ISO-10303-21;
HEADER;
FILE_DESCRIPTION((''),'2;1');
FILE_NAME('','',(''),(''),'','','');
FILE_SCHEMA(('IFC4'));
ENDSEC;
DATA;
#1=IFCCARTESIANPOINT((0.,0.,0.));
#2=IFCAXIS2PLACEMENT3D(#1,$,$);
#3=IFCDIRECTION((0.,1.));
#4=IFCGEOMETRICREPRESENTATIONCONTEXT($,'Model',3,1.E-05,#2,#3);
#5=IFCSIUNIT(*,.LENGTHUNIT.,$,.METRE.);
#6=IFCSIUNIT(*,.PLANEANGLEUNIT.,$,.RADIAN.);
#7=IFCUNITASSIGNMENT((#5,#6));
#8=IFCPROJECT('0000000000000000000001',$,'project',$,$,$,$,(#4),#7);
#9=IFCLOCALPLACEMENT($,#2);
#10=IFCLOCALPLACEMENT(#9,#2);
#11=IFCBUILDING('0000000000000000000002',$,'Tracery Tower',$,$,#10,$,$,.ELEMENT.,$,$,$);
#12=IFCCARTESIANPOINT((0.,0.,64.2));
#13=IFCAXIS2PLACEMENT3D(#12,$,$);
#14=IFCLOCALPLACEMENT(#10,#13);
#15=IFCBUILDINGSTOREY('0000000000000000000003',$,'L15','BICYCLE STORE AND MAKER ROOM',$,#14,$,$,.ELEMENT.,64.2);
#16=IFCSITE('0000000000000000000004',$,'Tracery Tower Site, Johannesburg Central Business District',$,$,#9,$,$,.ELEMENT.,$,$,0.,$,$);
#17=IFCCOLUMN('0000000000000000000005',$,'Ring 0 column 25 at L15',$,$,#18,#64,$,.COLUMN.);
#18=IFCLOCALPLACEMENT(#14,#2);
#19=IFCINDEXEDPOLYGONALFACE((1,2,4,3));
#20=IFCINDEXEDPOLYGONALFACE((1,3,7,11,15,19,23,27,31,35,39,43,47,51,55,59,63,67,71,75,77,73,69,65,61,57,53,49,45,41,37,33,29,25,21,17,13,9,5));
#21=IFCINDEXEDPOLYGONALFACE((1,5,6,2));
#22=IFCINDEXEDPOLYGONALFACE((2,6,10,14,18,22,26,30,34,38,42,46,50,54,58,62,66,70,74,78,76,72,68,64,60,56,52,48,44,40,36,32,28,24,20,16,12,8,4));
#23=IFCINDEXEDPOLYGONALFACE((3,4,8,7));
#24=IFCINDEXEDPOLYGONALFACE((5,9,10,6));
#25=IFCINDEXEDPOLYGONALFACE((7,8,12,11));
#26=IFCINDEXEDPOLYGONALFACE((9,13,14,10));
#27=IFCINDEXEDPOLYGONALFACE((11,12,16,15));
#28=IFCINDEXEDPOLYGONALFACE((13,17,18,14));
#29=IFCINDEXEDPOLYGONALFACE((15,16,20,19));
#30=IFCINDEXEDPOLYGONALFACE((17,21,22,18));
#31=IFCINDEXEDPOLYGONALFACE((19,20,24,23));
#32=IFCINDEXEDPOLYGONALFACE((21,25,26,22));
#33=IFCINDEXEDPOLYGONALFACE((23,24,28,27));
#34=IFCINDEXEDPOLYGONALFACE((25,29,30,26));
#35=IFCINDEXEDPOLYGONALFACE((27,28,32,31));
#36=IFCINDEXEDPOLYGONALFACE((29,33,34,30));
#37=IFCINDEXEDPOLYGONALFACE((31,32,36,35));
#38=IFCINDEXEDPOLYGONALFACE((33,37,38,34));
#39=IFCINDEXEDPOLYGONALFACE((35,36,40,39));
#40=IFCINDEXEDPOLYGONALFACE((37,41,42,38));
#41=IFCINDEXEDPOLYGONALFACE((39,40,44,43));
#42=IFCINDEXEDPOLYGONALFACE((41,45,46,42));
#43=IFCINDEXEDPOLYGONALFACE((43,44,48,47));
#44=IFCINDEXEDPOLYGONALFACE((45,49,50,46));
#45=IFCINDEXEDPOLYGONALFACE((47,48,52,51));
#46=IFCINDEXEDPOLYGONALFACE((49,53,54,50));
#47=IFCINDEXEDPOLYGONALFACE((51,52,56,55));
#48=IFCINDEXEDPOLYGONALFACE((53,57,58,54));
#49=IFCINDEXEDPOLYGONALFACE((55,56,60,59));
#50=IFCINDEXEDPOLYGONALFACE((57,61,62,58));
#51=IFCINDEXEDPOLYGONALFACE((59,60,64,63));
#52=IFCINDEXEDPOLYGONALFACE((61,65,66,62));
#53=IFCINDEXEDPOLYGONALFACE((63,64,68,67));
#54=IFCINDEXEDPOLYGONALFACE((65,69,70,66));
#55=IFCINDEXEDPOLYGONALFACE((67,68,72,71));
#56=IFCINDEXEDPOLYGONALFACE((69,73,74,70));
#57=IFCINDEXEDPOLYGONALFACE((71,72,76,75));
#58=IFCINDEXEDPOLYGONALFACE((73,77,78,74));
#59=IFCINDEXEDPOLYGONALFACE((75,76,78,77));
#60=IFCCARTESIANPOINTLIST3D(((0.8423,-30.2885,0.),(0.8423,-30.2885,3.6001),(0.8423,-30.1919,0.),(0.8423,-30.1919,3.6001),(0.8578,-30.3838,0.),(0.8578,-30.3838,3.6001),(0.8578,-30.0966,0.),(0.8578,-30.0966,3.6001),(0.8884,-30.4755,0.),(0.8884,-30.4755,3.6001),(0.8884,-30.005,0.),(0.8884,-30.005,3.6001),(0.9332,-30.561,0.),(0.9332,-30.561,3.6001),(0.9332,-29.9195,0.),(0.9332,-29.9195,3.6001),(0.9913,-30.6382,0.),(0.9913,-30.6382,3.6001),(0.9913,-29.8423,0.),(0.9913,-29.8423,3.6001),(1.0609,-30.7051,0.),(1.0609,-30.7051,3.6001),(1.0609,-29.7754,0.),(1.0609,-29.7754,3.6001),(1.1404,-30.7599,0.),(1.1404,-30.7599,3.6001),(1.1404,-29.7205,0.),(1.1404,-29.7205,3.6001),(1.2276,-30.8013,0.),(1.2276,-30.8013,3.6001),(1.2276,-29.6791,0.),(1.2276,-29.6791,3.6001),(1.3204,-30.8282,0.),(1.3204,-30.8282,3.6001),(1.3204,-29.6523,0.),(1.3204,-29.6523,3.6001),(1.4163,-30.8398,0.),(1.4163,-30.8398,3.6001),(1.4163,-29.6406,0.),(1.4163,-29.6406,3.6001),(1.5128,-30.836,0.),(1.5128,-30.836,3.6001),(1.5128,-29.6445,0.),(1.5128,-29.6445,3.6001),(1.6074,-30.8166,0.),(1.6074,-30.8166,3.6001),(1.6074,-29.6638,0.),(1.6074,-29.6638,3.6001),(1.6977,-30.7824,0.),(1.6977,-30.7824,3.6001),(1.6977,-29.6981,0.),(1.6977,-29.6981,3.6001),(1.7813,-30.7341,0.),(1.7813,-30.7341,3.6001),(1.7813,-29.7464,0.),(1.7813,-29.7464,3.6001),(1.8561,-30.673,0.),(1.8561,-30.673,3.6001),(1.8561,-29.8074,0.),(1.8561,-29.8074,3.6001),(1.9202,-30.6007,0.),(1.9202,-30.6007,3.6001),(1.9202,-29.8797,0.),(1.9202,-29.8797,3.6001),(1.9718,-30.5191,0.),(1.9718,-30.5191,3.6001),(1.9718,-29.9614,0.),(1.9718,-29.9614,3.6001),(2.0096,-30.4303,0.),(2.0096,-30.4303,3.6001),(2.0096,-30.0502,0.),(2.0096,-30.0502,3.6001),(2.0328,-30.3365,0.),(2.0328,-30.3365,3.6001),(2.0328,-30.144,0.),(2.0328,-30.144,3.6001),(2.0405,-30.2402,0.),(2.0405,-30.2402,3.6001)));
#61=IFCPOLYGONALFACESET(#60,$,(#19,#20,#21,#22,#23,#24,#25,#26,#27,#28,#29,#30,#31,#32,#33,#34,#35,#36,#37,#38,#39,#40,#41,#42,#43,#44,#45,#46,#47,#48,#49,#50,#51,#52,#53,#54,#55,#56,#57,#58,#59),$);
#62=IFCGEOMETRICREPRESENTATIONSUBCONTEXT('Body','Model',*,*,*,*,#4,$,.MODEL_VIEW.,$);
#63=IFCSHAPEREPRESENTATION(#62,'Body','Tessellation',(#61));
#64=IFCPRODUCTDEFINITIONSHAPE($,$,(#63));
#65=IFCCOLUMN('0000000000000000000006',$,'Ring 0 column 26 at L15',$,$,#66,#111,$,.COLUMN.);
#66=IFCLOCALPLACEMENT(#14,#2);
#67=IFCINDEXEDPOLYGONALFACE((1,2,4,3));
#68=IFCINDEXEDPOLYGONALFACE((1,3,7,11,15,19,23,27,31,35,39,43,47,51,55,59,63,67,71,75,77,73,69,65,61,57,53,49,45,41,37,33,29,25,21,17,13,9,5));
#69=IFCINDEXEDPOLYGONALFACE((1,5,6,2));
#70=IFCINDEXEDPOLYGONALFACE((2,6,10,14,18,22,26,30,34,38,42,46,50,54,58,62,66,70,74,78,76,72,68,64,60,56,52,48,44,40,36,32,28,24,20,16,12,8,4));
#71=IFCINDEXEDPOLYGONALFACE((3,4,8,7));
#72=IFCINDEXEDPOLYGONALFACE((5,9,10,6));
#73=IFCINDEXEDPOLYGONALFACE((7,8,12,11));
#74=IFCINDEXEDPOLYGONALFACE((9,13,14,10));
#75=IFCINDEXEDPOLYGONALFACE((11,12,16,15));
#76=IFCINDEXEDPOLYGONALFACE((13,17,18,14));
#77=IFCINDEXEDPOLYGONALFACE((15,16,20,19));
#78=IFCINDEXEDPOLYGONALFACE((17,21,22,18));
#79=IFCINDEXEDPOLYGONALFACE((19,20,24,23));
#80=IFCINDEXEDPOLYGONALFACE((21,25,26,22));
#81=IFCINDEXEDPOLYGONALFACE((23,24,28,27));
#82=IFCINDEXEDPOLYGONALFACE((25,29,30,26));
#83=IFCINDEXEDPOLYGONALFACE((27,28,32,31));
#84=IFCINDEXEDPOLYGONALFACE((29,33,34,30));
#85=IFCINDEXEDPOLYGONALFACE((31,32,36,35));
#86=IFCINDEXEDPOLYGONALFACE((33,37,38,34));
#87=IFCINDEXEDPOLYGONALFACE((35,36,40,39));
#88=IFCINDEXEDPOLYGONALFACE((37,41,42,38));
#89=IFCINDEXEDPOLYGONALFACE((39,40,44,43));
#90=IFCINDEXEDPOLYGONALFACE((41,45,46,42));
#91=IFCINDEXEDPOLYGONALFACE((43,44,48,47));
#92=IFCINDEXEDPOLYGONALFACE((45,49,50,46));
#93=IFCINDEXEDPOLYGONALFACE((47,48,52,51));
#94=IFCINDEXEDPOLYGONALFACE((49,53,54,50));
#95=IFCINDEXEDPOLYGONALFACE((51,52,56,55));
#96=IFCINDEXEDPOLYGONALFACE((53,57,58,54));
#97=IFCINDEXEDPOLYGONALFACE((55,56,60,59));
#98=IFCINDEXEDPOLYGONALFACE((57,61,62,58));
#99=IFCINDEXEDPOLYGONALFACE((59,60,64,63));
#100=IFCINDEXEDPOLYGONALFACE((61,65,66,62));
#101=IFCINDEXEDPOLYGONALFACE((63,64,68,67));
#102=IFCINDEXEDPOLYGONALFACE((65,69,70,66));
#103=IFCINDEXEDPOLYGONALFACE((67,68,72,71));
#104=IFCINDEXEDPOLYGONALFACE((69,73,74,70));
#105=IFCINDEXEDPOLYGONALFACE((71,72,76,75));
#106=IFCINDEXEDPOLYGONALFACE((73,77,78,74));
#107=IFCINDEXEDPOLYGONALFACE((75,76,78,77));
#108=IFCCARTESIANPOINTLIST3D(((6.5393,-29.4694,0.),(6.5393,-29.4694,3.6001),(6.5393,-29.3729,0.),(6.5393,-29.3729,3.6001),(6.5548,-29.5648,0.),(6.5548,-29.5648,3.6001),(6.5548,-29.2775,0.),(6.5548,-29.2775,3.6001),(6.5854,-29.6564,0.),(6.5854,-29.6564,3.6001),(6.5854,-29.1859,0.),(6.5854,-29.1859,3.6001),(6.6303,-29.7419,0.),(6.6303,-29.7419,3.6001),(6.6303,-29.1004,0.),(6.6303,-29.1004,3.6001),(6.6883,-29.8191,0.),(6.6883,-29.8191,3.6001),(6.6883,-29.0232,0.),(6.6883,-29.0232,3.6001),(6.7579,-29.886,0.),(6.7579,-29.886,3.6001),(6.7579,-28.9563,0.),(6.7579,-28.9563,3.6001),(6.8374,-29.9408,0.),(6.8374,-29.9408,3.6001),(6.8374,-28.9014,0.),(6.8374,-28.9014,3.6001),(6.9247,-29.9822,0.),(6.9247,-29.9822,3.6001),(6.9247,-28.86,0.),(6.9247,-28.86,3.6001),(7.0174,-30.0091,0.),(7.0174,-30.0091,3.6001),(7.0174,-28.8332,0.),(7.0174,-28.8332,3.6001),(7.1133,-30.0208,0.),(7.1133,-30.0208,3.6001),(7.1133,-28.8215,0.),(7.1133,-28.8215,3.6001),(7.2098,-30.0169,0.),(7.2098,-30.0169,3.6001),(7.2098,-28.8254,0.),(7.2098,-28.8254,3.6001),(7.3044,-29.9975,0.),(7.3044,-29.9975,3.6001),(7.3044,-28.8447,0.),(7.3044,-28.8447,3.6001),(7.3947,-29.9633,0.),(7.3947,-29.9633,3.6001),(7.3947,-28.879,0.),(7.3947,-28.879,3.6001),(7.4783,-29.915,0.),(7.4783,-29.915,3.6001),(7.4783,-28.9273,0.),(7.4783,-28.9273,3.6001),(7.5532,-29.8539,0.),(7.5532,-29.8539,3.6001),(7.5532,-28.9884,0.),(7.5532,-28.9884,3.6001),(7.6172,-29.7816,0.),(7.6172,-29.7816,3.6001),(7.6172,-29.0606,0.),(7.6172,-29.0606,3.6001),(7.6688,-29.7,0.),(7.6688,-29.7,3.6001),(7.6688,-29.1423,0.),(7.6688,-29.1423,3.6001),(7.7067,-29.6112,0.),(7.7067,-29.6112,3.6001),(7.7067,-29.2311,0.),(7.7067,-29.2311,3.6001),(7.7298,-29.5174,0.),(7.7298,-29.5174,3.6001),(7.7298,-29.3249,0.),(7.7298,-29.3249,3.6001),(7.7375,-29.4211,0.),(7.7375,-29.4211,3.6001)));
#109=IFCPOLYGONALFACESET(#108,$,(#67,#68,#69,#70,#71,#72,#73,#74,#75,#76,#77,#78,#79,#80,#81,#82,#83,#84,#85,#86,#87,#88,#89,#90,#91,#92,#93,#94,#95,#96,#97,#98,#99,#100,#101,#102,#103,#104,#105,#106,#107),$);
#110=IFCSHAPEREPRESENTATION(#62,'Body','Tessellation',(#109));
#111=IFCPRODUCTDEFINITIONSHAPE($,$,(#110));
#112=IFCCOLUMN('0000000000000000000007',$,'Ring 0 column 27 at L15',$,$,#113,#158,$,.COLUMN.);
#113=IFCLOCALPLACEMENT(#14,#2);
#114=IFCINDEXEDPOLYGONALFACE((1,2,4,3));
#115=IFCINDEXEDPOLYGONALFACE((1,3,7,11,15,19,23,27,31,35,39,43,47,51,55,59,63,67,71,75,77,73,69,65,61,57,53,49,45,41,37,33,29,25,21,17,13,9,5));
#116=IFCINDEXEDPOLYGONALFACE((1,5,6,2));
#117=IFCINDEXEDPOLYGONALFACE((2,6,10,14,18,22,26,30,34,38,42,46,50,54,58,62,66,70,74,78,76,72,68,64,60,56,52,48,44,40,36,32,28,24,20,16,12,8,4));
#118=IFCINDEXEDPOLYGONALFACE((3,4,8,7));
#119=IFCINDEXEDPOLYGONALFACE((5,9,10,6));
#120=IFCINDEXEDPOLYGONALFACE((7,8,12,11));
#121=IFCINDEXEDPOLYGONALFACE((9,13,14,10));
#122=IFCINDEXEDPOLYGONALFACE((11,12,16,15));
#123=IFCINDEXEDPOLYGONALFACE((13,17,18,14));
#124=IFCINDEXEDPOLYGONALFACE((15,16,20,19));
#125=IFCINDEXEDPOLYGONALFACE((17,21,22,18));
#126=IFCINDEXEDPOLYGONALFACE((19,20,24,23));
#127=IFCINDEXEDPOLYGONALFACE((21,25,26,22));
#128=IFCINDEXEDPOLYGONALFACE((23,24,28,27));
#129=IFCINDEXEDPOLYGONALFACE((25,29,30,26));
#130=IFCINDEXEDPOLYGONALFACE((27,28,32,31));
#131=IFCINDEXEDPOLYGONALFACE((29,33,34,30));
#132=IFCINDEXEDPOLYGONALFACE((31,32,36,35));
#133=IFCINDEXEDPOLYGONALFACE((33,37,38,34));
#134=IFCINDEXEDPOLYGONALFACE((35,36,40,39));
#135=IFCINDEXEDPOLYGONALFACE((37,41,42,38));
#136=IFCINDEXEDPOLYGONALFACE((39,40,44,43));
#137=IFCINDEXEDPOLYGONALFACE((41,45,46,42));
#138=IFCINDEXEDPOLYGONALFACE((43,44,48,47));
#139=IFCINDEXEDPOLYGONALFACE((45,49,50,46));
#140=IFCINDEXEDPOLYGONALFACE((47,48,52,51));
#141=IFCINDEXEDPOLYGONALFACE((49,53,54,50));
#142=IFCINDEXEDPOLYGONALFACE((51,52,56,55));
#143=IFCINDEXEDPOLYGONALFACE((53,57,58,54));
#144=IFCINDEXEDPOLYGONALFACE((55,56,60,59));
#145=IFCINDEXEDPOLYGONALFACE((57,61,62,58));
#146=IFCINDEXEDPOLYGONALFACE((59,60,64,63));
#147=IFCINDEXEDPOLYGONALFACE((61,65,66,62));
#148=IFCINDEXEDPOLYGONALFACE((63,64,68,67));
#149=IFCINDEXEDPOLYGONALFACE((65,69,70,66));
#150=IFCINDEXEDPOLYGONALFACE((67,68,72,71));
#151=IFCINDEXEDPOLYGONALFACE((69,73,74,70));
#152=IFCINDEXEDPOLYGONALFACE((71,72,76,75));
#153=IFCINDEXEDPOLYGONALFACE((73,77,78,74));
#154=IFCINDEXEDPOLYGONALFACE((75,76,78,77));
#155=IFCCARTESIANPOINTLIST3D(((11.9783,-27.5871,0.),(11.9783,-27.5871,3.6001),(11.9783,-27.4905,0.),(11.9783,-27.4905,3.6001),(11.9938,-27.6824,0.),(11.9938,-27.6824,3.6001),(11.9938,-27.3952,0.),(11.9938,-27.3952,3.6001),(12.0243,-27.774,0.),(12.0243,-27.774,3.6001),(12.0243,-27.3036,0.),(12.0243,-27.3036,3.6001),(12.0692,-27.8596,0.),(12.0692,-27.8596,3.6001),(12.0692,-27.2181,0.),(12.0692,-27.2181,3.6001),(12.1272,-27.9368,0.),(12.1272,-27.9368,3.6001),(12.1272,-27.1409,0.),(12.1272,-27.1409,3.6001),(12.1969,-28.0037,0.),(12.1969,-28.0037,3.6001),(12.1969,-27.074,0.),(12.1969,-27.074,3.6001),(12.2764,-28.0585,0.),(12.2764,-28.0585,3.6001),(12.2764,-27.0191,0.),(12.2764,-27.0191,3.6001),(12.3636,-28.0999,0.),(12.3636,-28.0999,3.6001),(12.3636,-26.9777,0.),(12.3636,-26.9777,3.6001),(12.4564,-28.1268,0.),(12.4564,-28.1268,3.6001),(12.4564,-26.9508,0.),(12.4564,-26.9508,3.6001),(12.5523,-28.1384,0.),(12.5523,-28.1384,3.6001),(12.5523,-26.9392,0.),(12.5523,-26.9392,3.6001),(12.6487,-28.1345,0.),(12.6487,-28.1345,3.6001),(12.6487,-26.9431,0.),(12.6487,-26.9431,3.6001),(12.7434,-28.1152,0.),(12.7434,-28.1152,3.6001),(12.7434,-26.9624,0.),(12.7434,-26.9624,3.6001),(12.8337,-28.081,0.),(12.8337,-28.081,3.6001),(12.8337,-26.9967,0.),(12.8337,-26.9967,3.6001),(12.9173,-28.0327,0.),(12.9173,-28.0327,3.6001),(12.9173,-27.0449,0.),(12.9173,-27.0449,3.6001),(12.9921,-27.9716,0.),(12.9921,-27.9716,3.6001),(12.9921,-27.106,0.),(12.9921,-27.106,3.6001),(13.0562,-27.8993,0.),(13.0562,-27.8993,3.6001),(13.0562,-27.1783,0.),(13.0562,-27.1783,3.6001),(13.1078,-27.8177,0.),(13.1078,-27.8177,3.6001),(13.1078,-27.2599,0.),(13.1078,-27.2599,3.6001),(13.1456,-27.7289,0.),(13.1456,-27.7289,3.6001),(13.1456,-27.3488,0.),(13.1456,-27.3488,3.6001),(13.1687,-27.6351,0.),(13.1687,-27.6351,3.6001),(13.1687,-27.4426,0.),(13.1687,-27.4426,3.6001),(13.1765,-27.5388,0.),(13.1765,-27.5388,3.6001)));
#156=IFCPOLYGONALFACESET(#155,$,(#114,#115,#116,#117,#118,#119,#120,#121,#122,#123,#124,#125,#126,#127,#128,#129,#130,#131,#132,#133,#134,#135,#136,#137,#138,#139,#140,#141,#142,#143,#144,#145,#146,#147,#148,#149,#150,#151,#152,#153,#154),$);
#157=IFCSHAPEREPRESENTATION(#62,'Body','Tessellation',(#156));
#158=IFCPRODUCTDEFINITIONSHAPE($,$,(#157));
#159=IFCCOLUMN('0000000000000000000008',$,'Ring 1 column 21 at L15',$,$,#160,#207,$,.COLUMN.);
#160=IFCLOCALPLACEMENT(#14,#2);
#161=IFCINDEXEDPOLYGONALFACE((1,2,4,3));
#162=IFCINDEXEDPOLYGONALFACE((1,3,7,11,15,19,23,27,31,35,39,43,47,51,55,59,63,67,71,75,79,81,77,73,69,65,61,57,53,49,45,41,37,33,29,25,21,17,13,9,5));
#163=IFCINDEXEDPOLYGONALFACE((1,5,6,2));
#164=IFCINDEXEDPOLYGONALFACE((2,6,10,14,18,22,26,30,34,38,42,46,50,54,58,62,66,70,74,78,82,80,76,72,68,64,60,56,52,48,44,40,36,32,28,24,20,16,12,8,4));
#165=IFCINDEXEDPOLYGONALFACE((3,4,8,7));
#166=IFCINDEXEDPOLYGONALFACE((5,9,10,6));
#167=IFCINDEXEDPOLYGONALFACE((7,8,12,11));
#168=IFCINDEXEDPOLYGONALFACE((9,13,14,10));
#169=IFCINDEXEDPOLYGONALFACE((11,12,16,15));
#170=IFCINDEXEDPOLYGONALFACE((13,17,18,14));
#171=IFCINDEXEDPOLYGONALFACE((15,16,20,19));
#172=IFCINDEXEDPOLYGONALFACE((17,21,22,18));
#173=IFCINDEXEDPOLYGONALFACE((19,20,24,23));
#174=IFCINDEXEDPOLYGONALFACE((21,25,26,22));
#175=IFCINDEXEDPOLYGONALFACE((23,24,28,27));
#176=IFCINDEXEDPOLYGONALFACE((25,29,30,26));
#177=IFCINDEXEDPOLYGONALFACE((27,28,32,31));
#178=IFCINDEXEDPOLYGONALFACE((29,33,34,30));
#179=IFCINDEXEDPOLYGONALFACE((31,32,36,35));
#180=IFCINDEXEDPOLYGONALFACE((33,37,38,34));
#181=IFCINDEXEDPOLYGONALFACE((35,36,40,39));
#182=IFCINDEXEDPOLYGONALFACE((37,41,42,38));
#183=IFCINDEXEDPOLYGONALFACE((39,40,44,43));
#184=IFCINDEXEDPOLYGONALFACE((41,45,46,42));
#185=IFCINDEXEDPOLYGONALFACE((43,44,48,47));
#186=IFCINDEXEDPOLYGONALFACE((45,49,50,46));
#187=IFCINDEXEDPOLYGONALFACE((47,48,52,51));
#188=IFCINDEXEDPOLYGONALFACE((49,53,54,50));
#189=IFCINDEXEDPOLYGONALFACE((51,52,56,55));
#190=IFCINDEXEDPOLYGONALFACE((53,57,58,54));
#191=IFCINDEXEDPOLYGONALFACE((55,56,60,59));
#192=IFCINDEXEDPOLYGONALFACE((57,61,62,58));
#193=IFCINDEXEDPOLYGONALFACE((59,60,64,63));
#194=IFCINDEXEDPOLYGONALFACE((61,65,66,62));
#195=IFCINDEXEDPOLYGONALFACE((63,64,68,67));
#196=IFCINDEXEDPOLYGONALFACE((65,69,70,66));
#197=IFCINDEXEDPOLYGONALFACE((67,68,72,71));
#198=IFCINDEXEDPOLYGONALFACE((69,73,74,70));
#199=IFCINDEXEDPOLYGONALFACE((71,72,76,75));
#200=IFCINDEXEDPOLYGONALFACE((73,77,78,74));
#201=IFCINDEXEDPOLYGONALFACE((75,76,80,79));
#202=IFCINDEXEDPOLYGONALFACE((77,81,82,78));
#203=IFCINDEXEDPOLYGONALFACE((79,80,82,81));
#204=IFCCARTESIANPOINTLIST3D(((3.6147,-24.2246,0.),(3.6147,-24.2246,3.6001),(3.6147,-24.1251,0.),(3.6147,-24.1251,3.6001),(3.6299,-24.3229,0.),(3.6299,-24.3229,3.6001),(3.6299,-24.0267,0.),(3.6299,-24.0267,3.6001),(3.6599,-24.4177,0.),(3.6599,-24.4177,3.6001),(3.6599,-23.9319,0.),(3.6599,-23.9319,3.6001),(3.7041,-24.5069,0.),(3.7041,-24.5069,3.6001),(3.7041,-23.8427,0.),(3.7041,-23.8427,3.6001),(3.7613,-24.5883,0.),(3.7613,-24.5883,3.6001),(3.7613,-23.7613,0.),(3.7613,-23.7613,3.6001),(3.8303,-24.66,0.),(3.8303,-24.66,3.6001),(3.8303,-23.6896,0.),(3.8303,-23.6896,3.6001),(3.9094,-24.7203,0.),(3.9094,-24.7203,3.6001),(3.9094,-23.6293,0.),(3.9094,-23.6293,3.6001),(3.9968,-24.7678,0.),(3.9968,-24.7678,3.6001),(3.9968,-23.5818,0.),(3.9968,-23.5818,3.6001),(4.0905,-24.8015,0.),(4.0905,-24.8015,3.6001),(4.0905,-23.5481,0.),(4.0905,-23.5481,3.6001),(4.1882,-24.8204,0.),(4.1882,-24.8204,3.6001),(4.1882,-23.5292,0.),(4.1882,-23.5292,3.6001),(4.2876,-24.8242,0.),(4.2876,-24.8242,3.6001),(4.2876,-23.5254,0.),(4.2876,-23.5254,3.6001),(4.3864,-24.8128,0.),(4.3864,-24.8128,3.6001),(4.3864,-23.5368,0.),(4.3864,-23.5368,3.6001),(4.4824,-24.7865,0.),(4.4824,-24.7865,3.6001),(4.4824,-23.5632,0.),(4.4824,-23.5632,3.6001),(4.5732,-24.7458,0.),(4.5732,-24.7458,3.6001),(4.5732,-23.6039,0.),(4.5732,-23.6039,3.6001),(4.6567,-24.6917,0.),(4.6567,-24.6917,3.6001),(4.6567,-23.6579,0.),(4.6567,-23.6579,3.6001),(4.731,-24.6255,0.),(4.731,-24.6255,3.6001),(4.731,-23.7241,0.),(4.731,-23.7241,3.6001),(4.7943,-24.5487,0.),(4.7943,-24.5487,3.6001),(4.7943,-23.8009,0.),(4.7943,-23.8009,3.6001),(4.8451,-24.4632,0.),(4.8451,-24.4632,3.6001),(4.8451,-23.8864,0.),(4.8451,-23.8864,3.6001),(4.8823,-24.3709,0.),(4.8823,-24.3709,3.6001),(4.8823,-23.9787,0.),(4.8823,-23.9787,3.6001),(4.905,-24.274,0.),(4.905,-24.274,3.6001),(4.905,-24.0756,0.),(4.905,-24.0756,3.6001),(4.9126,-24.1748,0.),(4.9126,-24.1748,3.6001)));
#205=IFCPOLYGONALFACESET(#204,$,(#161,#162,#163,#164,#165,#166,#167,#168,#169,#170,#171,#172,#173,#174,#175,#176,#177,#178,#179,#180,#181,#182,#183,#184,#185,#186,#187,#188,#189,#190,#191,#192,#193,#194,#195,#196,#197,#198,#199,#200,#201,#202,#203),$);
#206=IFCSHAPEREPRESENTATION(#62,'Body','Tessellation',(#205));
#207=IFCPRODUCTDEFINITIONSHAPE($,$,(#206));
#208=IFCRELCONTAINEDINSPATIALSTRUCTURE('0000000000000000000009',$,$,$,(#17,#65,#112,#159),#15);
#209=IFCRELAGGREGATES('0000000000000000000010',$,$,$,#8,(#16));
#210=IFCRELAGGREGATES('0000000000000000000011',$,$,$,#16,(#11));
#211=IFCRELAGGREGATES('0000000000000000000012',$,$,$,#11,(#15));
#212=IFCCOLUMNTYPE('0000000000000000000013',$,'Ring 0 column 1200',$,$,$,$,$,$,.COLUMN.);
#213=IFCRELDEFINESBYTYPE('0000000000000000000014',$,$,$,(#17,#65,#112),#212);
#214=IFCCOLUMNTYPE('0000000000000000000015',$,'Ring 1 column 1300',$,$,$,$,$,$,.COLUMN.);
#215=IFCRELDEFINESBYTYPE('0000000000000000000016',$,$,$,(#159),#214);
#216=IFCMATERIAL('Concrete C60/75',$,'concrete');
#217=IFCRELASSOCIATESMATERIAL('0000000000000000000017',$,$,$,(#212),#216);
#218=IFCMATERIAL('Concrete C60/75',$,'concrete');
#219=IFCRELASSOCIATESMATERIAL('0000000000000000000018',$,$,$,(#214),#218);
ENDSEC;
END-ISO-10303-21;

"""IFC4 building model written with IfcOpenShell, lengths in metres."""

from ifc_helpers import new_model, si_unit, direction, frame, origin, origin_2d, place, context, subcontext, project, spatial, circle, extrude, material, material_profile, profile_set, type_object, element, save


model = new_model("IFC4")

# Units and contexts
model_context = context("Model", 3, precision=1e-05, world=origin(), true_north=direction((0.0, 1.0)))
body_context = subcontext(model_context, "Body", "Model", "MODEL_VIEW")
ifc_project = project(units=[si_unit("LENGTHUNIT", "METRE"), si_unit("PLANEANGLEUNIT", "RADIAN")], contexts=[model_context])

# Site, building, storey
site_placement = place(None, origin())
site = spatial("IfcSite", under=ifc_project, at=site_placement, Name="Tracery Tower Site, Johannesburg Central Business District", CompositionType="ELEMENT", RefElevation=0.0)
building_placement = place(site_placement, origin())
building = spatial("IfcBuilding", under=site, at=building_placement, Name="Tracery Tower", CompositionType="ELEMENT")
storey_placement = place(building_placement, frame((0.0, 0.0, 64.2)))
storey = spatial("IfcBuildingStorey", under=building, at=storey_placement, Name="L15", Description="BICYCLE STORE AND MAKER ROOM", CompositionType="ELEMENT", Elevation=64.2)

# Columns
ifc_material_1 = material(Name="Concrete C60/75", Category="concrete")
ifc_material_profile_1 = material_profile(ifc_material_1, circle(Radius=0.6001, at=origin_2d()), Name="RC D1200")
ifc_profile_set_1 = profile_set([ifc_material_profile_1], Name="Concrete C60/75")
column_type_1 = type_object("IfcColumnType", Name="Ring 0 column 1200", PredefinedType="COLUMN", material=ifc_profile_set_1)
for number, where, z_axis, x_axis, name in (
    (1, (1.4404, -30.2402, 0.0), (0.0, 0.0, 1.0), (1.0, 0.0, 0.0), "Ring 0 column 25 at L15"),
    (2, (7.1375, -29.4211, 0.0), (0.0, 0.0, 1.0), (1.0, 0.0, 0.0), "Ring 0 column 26 at L15"),
    (3, (12.5764, -27.5388, 0.0), (0.0, 0.0, 1.0), (1.0, 0.0, 0.0), "Ring 0 column 27 at L15"),
):
    element("IfcColumn", number, at=place(storey_placement, frame(where, z_axis=z_axis, x_axis=x_axis)), inside=storey, type_object=column_type_1, Name=name, PredefinedType="COLUMN", context=body_context, shape_type="SweptSolid", body=[
        extrude(circle(Radius=0.6001, at=origin_2d()), origin(), (0.0, 0.0, 1.0), 3.6001),
    ])
ifc_material_2 = material(Name="Concrete C60/75", Category="concrete")
ifc_material_profile_2 = material_profile(ifc_material_2, circle(Radius=0.6499, at=origin_2d()), Name="RC D1300")
ifc_profile_set_2 = profile_set([ifc_material_profile_2], Name="Concrete C60/75")
column_type_2 = type_object("IfcColumnType", Name="Ring 1 column 1300", PredefinedType="COLUMN", material=ifc_profile_set_2)
for number, where, z_axis, x_axis, name in (
    (4, (4.2627, -24.1748, 0.0), (0.0, 0.0, 1.0), (1.0, 0.0, 0.0), "Ring 1 column 21 at L15"),
):
    element("IfcColumn", number, at=place(storey_placement, frame(where, z_axis=z_axis, x_axis=x_axis)), inside=storey, type_object=column_type_2, Name=name, PredefinedType="COLUMN", context=body_context, shape_type="SweptSolid", body=[
        extrude(circle(Radius=0.6499, at=origin_2d()), origin(), (0.0, 0.0, 1.0), 3.6001),
    ])

save(model, "model.ifc")
